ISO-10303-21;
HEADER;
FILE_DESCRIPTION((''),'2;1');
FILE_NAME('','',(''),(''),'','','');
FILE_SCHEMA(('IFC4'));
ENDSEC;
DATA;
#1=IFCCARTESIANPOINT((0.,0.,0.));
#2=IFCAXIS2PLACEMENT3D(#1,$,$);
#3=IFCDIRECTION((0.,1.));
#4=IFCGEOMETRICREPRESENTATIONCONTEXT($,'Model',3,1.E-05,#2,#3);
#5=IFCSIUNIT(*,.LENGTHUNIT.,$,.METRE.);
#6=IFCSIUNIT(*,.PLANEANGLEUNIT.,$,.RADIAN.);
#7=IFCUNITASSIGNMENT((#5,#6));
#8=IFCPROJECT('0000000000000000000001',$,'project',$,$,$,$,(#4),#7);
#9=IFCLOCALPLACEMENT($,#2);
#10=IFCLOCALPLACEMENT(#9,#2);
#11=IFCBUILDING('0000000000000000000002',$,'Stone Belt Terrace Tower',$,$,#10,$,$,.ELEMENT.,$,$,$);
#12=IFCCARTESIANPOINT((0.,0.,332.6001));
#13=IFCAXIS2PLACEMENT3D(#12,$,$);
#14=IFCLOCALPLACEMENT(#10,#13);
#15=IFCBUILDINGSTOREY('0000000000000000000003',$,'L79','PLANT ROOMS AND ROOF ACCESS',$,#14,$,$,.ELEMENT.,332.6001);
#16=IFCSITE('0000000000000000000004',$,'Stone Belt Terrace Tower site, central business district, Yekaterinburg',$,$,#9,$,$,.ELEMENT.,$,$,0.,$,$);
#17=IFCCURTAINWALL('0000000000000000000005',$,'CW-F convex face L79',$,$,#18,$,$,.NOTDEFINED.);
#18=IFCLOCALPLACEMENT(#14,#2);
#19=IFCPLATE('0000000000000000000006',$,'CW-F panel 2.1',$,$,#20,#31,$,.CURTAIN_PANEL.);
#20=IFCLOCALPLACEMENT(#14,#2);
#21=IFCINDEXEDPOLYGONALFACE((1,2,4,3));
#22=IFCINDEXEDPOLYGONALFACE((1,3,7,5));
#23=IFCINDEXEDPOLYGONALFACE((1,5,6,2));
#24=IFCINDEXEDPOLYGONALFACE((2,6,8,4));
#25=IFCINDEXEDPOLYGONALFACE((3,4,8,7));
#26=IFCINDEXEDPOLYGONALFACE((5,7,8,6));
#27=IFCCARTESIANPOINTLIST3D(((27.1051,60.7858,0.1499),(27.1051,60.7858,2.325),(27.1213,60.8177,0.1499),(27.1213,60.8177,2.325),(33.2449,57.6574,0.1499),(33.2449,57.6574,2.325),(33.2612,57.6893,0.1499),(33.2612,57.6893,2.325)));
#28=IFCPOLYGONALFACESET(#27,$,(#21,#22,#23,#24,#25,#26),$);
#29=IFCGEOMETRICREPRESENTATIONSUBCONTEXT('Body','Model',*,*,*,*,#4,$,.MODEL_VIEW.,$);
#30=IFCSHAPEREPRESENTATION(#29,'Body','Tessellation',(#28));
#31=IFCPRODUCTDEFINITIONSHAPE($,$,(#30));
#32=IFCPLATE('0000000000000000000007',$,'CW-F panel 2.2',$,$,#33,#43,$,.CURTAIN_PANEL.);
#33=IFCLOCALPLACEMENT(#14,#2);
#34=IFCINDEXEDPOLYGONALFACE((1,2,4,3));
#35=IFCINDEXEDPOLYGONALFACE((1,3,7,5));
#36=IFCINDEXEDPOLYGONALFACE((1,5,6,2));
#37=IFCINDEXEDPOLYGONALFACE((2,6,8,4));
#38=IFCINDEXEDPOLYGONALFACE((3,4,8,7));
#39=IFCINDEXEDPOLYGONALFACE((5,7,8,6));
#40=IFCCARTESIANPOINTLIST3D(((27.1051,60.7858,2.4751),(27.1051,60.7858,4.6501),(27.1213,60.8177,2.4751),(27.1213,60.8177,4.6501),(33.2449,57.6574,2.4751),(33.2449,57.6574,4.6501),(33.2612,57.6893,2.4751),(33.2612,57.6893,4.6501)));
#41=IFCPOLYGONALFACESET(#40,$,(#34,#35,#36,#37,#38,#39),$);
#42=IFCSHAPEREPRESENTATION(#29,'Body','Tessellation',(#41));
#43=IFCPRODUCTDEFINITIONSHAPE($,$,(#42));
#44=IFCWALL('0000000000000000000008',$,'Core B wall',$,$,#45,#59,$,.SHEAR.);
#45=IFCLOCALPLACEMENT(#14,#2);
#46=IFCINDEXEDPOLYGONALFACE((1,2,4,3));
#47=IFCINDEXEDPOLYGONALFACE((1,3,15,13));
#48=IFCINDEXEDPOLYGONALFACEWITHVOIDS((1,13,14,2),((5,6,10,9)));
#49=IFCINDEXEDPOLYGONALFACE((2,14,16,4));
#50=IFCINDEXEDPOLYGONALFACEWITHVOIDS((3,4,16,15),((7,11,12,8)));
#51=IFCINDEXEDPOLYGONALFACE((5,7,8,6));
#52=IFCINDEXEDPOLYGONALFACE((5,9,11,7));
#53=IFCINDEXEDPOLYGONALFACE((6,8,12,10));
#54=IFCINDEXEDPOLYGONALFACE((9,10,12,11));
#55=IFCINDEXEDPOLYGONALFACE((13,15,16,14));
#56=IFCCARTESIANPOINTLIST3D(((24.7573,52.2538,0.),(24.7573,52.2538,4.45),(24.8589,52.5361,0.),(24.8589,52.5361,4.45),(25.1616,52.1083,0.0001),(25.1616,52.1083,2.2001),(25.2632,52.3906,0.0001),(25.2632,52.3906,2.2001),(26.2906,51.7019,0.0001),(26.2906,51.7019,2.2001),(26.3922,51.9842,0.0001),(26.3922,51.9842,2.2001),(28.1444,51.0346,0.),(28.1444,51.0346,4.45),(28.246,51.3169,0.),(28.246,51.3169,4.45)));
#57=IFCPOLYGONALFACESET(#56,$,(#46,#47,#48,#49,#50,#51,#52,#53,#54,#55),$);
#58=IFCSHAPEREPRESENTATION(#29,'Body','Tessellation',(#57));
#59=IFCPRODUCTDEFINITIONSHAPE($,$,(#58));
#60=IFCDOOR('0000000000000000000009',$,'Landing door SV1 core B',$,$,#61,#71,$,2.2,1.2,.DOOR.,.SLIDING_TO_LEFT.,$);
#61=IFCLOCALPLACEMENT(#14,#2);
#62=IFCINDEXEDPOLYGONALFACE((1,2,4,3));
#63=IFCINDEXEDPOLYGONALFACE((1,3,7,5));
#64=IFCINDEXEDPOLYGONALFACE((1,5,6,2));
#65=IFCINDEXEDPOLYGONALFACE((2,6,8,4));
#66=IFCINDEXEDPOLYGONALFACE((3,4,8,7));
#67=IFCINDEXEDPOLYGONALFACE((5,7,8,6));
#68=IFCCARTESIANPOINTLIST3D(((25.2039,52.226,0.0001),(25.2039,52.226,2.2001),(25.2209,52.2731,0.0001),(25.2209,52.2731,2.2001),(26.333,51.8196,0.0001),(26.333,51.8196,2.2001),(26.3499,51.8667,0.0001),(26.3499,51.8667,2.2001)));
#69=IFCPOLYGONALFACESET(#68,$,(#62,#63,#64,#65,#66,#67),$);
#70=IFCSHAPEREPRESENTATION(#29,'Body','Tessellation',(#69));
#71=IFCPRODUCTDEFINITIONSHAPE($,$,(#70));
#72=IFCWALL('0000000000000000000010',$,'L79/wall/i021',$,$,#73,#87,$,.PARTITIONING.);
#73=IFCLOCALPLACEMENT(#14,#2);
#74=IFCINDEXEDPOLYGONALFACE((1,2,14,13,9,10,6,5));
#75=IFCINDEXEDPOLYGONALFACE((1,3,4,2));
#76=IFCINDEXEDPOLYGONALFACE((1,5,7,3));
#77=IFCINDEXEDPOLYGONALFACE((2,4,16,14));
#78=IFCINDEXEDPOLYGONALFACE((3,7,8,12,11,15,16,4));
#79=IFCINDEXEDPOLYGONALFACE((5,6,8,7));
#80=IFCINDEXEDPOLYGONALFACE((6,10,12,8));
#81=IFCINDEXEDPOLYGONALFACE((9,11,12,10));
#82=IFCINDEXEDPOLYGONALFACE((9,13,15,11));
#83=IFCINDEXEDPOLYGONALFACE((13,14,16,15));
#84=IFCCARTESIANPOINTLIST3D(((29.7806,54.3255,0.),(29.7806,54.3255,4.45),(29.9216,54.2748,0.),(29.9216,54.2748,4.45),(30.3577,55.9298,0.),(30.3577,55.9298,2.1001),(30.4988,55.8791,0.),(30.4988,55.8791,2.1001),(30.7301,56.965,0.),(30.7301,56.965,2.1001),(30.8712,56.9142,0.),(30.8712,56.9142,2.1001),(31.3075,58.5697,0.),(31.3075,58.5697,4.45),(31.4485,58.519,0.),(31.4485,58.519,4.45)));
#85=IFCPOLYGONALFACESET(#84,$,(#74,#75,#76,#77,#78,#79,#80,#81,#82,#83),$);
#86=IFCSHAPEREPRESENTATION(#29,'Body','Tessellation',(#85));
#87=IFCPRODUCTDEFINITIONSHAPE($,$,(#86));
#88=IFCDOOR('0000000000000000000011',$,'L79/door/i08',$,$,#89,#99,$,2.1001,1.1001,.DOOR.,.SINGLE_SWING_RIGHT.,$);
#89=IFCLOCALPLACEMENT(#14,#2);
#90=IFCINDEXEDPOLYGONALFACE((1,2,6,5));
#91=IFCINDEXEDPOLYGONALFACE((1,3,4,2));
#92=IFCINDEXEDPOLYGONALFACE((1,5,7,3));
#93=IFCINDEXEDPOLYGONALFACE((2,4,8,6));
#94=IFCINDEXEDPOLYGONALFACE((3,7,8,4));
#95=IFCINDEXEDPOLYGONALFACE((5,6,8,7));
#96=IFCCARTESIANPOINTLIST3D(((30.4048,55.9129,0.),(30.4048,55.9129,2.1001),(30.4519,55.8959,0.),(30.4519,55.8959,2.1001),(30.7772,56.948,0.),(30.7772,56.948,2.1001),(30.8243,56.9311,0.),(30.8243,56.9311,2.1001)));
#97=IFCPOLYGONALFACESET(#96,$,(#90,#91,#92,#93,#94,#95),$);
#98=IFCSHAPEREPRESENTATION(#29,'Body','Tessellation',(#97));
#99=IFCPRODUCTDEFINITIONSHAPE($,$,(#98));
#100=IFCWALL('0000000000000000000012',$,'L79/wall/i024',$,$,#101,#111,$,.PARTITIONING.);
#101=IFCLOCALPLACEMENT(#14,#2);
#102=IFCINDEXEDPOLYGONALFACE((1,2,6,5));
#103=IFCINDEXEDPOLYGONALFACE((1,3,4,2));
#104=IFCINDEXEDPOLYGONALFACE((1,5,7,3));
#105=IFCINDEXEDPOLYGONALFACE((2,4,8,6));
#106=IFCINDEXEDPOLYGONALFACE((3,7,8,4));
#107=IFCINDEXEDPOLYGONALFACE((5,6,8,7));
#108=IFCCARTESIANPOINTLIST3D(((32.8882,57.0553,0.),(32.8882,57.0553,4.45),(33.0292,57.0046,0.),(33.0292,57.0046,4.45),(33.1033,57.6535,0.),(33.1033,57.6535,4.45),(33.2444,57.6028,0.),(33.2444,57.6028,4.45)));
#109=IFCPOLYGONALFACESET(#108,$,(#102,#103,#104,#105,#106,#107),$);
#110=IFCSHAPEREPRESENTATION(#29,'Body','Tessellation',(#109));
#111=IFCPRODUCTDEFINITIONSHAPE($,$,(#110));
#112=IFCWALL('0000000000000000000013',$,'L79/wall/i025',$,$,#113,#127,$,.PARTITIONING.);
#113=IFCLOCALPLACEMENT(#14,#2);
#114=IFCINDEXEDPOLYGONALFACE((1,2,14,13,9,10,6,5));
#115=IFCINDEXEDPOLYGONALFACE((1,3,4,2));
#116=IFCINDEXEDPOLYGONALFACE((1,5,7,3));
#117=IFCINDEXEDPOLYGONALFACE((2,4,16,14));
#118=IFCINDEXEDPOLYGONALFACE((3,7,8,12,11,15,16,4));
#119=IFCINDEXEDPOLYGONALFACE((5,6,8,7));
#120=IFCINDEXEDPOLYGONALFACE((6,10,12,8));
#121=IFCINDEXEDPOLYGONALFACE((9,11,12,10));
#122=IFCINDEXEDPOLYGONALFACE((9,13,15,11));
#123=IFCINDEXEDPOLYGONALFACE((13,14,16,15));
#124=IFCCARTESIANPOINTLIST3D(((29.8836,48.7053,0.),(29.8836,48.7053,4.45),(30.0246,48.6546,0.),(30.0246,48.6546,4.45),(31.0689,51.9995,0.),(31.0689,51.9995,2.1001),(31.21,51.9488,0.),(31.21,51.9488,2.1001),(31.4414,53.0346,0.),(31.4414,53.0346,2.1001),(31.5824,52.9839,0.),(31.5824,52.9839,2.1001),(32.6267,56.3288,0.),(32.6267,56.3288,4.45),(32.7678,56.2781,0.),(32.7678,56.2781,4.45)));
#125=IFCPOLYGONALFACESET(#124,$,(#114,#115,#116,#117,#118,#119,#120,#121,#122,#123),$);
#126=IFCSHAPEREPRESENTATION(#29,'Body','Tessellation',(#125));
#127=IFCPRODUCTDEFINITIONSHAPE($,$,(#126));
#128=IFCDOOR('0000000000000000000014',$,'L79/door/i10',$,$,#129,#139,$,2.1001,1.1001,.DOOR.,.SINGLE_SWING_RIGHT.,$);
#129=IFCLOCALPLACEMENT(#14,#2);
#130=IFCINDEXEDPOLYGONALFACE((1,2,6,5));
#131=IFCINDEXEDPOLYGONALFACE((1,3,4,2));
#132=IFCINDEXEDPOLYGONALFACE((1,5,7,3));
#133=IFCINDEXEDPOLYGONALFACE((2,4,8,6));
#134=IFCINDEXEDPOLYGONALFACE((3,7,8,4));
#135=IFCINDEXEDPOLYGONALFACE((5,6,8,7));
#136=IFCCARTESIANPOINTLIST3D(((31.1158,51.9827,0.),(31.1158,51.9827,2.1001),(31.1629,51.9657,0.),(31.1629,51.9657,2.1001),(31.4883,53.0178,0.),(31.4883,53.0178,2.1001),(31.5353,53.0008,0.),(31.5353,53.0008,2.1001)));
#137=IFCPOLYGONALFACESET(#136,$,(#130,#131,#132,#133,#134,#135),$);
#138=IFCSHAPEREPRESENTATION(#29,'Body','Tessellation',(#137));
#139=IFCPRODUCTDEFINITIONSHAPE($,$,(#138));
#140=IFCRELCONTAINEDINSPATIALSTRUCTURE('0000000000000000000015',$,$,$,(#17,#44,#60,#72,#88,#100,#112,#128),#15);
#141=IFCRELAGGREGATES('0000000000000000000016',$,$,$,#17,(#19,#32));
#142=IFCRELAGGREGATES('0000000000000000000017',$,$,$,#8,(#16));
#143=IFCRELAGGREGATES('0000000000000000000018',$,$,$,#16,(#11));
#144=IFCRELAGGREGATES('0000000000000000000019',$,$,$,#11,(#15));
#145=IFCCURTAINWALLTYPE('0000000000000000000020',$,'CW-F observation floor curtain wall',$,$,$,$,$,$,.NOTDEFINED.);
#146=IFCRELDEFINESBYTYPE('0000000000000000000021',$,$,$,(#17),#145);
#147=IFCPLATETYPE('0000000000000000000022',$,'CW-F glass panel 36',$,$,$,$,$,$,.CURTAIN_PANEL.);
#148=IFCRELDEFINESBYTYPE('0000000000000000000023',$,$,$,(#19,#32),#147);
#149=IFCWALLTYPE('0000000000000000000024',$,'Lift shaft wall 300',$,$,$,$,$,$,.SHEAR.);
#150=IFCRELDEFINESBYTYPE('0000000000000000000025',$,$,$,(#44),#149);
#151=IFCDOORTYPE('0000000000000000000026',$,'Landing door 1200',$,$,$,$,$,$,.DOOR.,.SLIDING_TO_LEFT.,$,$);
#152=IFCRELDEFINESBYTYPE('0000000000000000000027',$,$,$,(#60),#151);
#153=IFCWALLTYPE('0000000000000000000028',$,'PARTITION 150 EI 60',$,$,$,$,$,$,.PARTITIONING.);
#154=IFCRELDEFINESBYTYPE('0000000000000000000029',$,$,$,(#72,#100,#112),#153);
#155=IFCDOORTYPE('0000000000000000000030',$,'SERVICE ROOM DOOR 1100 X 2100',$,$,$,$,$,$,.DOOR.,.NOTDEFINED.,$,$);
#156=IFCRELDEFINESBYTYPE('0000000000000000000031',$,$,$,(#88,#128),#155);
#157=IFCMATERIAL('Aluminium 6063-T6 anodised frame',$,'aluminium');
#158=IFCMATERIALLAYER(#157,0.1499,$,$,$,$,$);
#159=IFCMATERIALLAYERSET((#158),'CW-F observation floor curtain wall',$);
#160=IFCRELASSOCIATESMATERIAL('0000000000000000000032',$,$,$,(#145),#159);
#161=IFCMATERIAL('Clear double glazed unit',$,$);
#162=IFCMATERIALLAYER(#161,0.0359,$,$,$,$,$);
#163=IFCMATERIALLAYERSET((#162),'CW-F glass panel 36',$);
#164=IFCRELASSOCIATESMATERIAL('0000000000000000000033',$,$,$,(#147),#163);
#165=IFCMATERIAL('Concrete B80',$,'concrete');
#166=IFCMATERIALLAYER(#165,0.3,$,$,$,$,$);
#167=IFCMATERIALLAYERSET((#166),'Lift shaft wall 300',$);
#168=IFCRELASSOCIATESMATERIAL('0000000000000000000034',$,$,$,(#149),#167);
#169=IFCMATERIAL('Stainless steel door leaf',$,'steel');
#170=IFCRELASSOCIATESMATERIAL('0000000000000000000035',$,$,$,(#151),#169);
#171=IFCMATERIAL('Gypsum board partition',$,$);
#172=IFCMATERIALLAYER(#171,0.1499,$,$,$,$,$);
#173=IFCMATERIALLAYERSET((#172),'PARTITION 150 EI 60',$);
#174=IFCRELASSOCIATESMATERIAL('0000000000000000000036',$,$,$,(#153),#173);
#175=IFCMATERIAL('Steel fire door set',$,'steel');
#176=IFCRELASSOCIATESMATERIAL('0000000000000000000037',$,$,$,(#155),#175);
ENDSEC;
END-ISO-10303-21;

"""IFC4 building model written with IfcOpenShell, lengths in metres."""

from ifc_helpers import new_model, si_unit, direction, frame, frame_2d, origin, origin_2d, place, context, subcontext, project, spatial, rectangle, extrude, material, layer, layer_set, type_object, element, fill, aggregate, save


model = new_model("IFC4")

# Units and contexts
model_context = context("Model", 3, precision=1e-05, world=origin(), true_north=direction((0.0, 1.0)))
body_context = subcontext(model_context, "Body", "Model", "MODEL_VIEW")
ifc_project = project(units=[si_unit("LENGTHUNIT", "METRE"), si_unit("PLANEANGLEUNIT", "RADIAN")], contexts=[model_context])

# Site, building, storey
site_placement = place(None, origin())
site = spatial("IfcSite", under=ifc_project, at=site_placement, Name="Stone Belt Terrace Tower site, central business district, Yekaterinburg", CompositionType="ELEMENT", RefElevation=0.0)
building_placement = place(site_placement, origin())
building = spatial("IfcBuilding", under=site, at=building_placement, Name="Stone Belt Terrace Tower", CompositionType="ELEMENT")
storey_placement = place(building_placement, frame((0.0, 0.0, 332.6001)))
storey = spatial("IfcBuildingStorey", under=building, at=storey_placement, Name="L79", Description="PLANT ROOMS AND ROOF ACCESS", CompositionType="ELEMENT", Elevation=332.6001)

# Curtain wall
ifc_material_1 = material(Name="Aluminium 6063-T6 anodised frame", Category="aluminium")
ifc_layer_1 = layer(ifc_material_1, 0.1499)
ifc_layer_set_1 = layer_set([ifc_layer_1], Name="CW-F observation floor curtain wall")
curtain_wall_type = type_object("IfcCurtainWallType", Name="CW-F observation floor curtain wall", PredefinedType="NOTDEFINED", material=ifc_layer_set_1)
curtain_wall_1_placement = place(storey_placement, origin())
curtain_wall_1 = element("IfcCurtainWall", 1, at=curtain_wall_1_placement, inside=storey, type_object=curtain_wall_type, Name="CW-F convex face L79", PredefinedType="NOTDEFINED")

# Shared definitions
ifc_material_2 = material(Name="Clear double glazed unit")
ifc_layer_2 = layer(ifc_material_2, 0.0359)
ifc_layer_set_2 = layer_set([ifc_layer_2], Name="CW-F glass panel 36")
plate_type = type_object("IfcPlateType", Name="CW-F glass panel 36", PredefinedType="CURTAIN_PANEL", material=ifc_layer_set_2)

# Plates
plate_1_placement = place(storey_placement, frame((30.1831, 59.2375, 0.1499), z_axis=(0.0, 0.0, 1.0), x_axis=(-0.891007, 0.45399, 0.0)))
plate_1 = element("IfcPlate", 2, at=plate_1_placement, type_object=plate_type, Name="CW-F panel 2.1", PredefinedType="CURTAIN_PANEL", context=body_context, shape_type="SweptSolid", body=[
    extrude(rectangle(XDim=6.8909, YDim=0.0359, at=origin_2d()), origin(), (0.0, 0.0, 1.0), 2.175),
])
plate_2_placement = place(storey_placement, frame((30.1831, 59.2375, 2.4751), z_axis=(0.0, 0.0, 1.0), x_axis=(-0.891007, 0.45399, 0.0)))
plate_2 = element("IfcPlate", 3, at=plate_2_placement, type_object=plate_type, Name="CW-F panel 2.2", PredefinedType="CURTAIN_PANEL", context=body_context, shape_type="SweptSolid", body=[
    extrude(rectangle(XDim=6.8909, YDim=0.0359, at=origin_2d()), origin(), (0.0, 0.0, 1.0), 2.175),
])
aggregate(curtain_wall_1, [plate_1, plate_2])

# Walls, openings, doors
ifc_material_3 = material(Name="Concrete B80", Category="concrete")
ifc_layer_3 = layer(ifc_material_3, 0.3)
ifc_layer_set_3 = layer_set([ifc_layer_3], Name="Lift shaft wall 300")
wall_type_1 = type_object("IfcWallType", Name="Lift shaft wall 300", PredefinedType="SHEAR", material=ifc_layer_set_3)
wall_1_placement = place(storey_placement, frame((28.1951, 51.1758, 0.0), z_axis=(0.0, 0.0, 1.0), x_axis=(-0.940901, 0.338681, 0.0)))
wall_1 = element("IfcWall", 4, at=wall_1_placement, inside=storey, type_object=wall_type_1, Name="Core B wall", PredefinedType="SHEAR", context=body_context, shape_type="SweptSolid", body=[
    extrude(rectangle(XDim=3.5999, YDim=0.3, at=frame_2d((1.7998, 0.0))), origin(), (0.0, 0.0, 1.0), 4.45),
])
opening_1_placement = place(wall_1_placement, frame((1.97, 0.0, 0.0)))
opening_1 = element("IfcOpeningElement", 5, at=opening_1_placement, cuts=wall_1, PredefinedType="OPENING", context=body_context, shape_type="SweptSolid", body=[
    extrude(rectangle(XDim=1.2, YDim=2.2, at=frame_2d((0.6001, 1.1001))), frame((0.0, 0.1599, 0.0), z_axis=(0.0, -1.0, 0.0), x_axis=(1.0, 0.0, 0.0)), (0.0, 0.0, 1.0), 0.3201),
])
ifc_material_4 = material(Name="Stainless steel door leaf", Category="steel")
door_type_1 = type_object("IfcDoorType", Name="Landing door 1200", OperationType="SLIDING_TO_LEFT", PredefinedType="DOOR", material=ifc_material_4)
door_1_placement = place(opening_1_placement, origin())
door_1 = element("IfcDoor", 6, at=door_1_placement, inside=storey, type_object=door_type_1, Name="Landing door SV1 core B", OperationType="SLIDING_TO_LEFT", OverallHeight=2.2, OverallWidth=1.2, PredefinedType="DOOR", context=body_context, shape_type="SweptSolid", body=[
    extrude(rectangle(XDim=1.2, YDim=2.2, at=frame_2d((0.6001, 1.1001))), frame((0.0, 0.0249, 0.0), z_axis=(0.0, -1.0, 0.0), x_axis=(1.0, 0.0, 0.0)), (0.0, 0.0, 1.0), 0.05),
])
fill(opening_1, door_1)
ifc_material_5 = material(Name="Gypsum board partition")
ifc_layer_4 = layer(ifc_material_5, 0.1499)
ifc_layer_set_4 = layer_set([ifc_layer_4], Name="PARTITION 150 EI 60")
wall_type_2 = type_object("IfcWallType", Name="PARTITION 150 EI 60", PredefinedType="PARTITIONING", material=ifc_layer_set_4)
wall_2_placement = place(storey_placement, frame((29.8511, 54.3, 0.0), z_axis=(0.0, 0.0, 1.0), x_axis=(0.338516, 0.940961, 0.0)))
wall_2 = element("IfcWall", 7, at=wall_2_placement, inside=storey, type_object=wall_type_2, Name="L79/wall/i021", PredefinedType="PARTITIONING", context=body_context, shape_type="SweptSolid", body=[
    extrude(rectangle(XDim=4.5105, YDim=0.1499, at=frame_2d((2.2554, 0.0))), origin(), (0.0, 0.0, 1.0), 4.45),
])
opening_2_placement = place(wall_2_placement, frame((1.7051, 0.0, 0.0)))
opening_2 = element("IfcOpeningElement", 8, at=opening_2_placement, cuts=wall_2, PredefinedType="OPENING", context=body_context, shape_type="SweptSolid", body=[
    extrude(rectangle(XDim=1.1001, YDim=2.1001, at=frame_2d((0.55, 1.05))), frame((0.0, 0.085, 0.0), z_axis=(0.0, -1.0, 0.0), x_axis=(1.0, 0.0, 0.0)), (0.0, 0.0, 1.0), 0.1699),
])
ifc_material_6 = material(Name="Steel fire door set", Category="steel")
door_type_2 = type_object("IfcDoorType", Name="SERVICE ROOM DOOR 1100 X 2100", OperationType="NOTDEFINED", PredefinedType="DOOR", material=ifc_material_6)
door_2_placement = place(opening_2_placement, origin())
door_2 = element("IfcDoor", 9, at=door_2_placement, inside=storey, type_object=door_type_2, Name="L79/door/i08", OperationType="SINGLE_SWING_RIGHT", OverallHeight=2.1001, OverallWidth=1.1001, PredefinedType="DOOR", context=body_context, shape_type="SweptSolid", body=[
    extrude(rectangle(XDim=1.1001, YDim=2.1001, at=frame_2d((0.55, 1.05))), frame((0.0, 0.0249, 0.0), z_axis=(0.0, -1.0, 0.0), x_axis=(1.0, 0.0, 0.0)), (0.0, 0.0, 1.0), 0.05),
])
fill(opening_2, door_2)

# Wall
wall_3_placement = place(storey_placement, frame((33.1738, 57.6282, 0.0), z_axis=(0.0, 0.0, 1.0), x_axis=(-0.338379, -0.94101, 0.0)))
element("IfcWall", 10, at=wall_3_placement, inside=storey, type_object=wall_type_2, Name="L79/wall/i024", PredefinedType="PARTITIONING", context=body_context, shape_type="SweptSolid", body=[
    extrude(rectangle(XDim=0.6357, YDim=0.1499, at=frame_2d((0.3179, 0.0))), origin(), (0.0, 0.0, 1.0), 4.45),
])

# Wall, opening, door
wall_4_placement = place(storey_placement, frame((32.6973, 56.3035, 0.0), z_axis=(0.0, 0.0, 1.0), x_axis=(-0.338576, -0.940939, 0.0)))
wall_4 = element("IfcWall", 11, at=wall_4_placement, inside=storey, type_object=wall_type_2, Name="L79/wall/i025", PredefinedType="PARTITIONING", context=body_context, shape_type="SweptSolid", body=[
    extrude(rectangle(XDim=8.1021, YDim=0.1499, at=frame_2d((4.051, 0.0))), origin(), (0.0, 0.0, 1.0), 4.45),
])
opening_3_placement = place(wall_4_placement, frame((3.501, 0.0, 0.0)))
opening_3 = element("IfcOpeningElement", 12, at=opening_3_placement, cuts=wall_4, PredefinedType="OPENING", context=body_context, shape_type="SweptSolid", body=[
    extrude(rectangle(XDim=1.1001, YDim=2.1001, at=frame_2d((0.55, 1.05))), frame((0.0, 0.085, 0.0), z_axis=(0.0, -1.0, 0.0), x_axis=(1.0, 0.0, 0.0)), (0.0, 0.0, 1.0), 0.1699),
])
door_3_placement = place(opening_3_placement, origin())
door_3 = element("IfcDoor", 13, at=door_3_placement, inside=storey, type_object=door_type_2, Name="L79/door/i10", OperationType="SINGLE_SWING_RIGHT", OverallHeight=2.1001, OverallWidth=1.1001, PredefinedType="DOOR", context=body_context, shape_type="SweptSolid", body=[
    extrude(rectangle(XDim=1.1001, YDim=2.1001, at=frame_2d((0.55, 1.05))), frame((0.0, 0.0249, 0.0), z_axis=(0.0, -1.0, 0.0), x_axis=(1.0, 0.0, 0.0)), (0.0, 0.0, 1.0), 0.05),
])
fill(opening_3, door_3)

save(model, "model.ifc")
